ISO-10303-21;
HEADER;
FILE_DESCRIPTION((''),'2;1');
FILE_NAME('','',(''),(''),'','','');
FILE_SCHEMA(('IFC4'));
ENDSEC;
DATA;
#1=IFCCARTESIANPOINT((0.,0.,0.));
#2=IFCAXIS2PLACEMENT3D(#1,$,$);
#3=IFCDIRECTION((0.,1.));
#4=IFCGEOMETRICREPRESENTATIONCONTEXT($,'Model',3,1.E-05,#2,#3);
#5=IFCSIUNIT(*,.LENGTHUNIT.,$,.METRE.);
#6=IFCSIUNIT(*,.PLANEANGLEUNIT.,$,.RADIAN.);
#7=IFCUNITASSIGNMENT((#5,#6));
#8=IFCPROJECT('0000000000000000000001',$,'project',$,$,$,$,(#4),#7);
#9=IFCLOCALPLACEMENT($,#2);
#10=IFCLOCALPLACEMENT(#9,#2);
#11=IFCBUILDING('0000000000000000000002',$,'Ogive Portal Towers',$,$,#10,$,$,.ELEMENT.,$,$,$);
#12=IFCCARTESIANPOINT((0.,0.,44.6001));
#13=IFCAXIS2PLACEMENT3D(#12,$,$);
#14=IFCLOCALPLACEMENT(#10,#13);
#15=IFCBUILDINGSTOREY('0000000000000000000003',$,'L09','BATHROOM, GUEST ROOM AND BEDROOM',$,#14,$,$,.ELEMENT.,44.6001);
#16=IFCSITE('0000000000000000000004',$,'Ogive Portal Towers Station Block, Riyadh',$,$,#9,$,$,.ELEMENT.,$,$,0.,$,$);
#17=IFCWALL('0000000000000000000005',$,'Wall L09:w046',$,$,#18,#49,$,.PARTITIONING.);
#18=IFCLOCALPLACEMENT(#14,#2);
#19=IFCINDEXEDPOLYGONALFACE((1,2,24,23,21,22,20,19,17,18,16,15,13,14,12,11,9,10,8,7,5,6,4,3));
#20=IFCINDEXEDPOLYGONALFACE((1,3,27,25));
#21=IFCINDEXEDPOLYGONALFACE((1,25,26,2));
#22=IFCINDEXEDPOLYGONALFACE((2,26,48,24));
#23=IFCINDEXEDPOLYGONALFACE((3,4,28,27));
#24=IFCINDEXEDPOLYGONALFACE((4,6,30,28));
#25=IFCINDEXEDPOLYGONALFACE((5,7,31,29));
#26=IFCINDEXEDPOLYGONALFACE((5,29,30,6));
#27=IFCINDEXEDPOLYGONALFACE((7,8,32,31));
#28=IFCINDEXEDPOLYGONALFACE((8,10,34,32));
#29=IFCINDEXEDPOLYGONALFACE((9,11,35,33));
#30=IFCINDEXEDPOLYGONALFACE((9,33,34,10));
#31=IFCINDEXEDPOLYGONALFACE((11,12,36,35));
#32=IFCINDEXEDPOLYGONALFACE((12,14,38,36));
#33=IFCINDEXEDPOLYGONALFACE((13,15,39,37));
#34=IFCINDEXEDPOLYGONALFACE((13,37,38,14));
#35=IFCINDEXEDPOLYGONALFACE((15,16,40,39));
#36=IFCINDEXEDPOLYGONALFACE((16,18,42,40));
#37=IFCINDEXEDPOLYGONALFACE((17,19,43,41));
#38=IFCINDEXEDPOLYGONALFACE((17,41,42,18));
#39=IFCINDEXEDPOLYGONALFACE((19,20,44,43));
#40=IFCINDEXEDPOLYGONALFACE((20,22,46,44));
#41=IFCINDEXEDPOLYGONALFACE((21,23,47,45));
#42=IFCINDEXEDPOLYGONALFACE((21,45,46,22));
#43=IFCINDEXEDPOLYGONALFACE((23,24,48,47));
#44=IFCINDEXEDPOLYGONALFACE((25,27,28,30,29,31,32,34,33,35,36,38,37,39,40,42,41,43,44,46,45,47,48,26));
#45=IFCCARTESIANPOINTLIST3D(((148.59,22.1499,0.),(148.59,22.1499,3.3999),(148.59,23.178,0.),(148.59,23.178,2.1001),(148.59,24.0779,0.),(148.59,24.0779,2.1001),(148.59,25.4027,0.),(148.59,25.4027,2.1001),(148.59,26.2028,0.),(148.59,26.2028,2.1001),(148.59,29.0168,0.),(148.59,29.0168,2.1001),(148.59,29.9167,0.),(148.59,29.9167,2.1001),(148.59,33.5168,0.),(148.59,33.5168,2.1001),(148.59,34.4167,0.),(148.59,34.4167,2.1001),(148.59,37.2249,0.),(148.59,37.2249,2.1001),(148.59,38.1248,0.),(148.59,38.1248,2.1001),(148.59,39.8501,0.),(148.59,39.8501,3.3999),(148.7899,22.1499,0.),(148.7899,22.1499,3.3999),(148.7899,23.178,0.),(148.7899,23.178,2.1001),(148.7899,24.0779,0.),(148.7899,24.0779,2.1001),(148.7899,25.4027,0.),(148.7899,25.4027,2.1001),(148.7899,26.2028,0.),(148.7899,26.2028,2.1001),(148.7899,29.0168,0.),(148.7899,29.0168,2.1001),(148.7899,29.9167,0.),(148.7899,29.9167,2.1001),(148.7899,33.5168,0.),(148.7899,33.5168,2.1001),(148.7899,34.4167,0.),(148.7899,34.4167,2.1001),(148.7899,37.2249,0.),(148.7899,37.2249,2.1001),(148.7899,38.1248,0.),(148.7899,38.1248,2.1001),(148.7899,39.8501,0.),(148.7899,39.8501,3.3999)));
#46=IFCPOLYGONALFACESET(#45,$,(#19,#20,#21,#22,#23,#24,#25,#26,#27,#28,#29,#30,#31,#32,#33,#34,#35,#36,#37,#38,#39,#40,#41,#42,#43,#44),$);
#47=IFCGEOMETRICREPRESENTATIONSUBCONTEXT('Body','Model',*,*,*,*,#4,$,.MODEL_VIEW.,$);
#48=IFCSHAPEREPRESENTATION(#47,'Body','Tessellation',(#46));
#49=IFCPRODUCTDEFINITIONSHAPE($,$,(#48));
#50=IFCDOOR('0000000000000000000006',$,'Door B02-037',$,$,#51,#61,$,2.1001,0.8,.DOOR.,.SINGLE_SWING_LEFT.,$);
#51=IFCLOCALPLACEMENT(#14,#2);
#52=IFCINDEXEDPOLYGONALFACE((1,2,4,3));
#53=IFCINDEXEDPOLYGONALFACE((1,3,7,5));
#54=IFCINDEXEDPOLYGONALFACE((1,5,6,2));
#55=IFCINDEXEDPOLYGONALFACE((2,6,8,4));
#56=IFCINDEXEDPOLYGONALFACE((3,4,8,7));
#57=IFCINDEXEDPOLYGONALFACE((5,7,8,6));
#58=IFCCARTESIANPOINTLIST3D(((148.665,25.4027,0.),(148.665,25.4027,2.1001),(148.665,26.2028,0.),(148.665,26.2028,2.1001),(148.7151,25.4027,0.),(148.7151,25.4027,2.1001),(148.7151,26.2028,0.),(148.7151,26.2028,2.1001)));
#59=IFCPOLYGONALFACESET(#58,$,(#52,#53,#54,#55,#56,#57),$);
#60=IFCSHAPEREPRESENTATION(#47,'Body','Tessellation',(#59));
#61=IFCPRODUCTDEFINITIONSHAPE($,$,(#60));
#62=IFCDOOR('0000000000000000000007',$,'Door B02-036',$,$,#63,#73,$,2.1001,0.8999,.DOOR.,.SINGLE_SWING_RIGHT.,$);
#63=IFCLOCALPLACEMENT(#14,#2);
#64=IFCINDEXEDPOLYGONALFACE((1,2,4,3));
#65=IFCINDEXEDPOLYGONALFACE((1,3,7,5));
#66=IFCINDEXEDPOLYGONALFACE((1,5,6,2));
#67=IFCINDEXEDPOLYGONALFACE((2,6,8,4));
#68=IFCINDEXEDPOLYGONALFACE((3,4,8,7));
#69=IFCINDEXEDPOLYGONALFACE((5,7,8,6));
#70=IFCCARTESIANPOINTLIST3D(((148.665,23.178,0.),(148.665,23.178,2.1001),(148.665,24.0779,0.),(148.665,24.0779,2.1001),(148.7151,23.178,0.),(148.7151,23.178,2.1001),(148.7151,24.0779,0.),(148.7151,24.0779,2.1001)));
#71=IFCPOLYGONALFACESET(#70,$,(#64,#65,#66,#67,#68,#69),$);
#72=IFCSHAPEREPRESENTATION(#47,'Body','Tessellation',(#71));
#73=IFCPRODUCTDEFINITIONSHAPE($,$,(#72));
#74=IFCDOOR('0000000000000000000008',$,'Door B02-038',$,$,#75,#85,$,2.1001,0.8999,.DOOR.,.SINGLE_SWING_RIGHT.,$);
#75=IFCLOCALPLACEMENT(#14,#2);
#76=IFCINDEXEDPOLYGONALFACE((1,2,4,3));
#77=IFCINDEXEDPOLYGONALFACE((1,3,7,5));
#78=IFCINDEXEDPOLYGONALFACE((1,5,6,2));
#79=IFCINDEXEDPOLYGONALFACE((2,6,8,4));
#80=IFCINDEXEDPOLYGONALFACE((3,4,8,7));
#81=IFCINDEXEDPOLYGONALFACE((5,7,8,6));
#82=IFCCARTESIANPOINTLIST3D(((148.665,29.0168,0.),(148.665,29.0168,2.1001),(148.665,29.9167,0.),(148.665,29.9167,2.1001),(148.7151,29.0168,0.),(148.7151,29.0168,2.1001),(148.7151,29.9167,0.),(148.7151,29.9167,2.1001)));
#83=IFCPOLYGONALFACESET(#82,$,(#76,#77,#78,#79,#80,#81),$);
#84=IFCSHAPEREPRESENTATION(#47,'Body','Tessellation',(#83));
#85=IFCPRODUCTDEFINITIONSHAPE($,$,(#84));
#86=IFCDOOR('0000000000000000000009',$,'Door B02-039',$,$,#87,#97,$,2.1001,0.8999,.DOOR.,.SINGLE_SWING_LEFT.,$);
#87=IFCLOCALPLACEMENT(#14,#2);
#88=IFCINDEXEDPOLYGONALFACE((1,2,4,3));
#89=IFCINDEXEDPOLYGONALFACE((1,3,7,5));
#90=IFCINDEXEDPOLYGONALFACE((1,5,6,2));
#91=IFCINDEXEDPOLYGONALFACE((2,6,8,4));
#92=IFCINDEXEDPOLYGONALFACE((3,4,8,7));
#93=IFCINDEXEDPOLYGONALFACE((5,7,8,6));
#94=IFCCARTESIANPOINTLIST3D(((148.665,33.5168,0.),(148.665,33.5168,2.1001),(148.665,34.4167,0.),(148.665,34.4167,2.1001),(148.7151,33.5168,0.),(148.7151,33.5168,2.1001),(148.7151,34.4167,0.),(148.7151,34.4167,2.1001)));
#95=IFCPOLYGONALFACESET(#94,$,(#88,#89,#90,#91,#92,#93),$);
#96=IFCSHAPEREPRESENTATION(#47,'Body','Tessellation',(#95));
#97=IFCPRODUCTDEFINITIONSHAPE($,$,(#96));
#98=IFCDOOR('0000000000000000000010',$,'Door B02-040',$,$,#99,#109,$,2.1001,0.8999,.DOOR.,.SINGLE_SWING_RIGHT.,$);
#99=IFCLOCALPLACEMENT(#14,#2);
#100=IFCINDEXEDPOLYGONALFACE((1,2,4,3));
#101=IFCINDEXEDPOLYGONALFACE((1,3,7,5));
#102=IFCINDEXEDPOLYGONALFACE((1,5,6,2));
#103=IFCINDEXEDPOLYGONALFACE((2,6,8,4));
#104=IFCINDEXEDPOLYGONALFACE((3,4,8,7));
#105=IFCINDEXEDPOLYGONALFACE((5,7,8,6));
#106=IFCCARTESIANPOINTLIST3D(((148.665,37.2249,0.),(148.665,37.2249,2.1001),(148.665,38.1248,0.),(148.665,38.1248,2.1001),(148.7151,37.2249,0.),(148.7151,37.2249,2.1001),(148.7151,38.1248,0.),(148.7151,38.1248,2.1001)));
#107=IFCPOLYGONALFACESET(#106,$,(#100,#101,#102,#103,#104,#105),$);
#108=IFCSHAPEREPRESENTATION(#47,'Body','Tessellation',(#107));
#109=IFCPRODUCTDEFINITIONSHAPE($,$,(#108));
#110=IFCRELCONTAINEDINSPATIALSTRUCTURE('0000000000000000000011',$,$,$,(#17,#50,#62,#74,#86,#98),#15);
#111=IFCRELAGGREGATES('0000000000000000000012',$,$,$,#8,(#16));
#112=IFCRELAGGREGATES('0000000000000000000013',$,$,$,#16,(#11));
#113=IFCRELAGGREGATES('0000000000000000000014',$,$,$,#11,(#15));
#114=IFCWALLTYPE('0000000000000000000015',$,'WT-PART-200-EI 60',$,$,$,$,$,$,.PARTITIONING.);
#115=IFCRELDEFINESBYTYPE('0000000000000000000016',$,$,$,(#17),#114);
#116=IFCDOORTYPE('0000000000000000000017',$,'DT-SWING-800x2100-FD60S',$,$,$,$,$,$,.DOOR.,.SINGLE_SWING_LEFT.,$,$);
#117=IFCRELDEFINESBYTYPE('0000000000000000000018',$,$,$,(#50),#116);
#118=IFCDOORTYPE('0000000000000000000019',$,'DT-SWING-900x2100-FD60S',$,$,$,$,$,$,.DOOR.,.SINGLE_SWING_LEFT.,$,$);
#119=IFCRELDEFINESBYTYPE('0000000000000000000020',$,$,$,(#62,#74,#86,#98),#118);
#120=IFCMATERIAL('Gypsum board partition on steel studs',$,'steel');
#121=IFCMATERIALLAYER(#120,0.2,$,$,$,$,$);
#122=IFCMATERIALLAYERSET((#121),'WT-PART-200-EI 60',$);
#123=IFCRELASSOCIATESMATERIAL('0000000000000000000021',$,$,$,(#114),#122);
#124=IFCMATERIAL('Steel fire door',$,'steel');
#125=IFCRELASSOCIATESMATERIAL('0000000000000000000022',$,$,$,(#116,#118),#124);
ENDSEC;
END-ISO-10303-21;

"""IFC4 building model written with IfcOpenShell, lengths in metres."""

from ifc_helpers import new_model, si_unit, direction, frame, frame_2d, origin, place, context, subcontext, project, spatial, rectangle, extrude, material, layer, layer_set, type_object, element, fill, save


model = new_model("IFC4")

# Units and contexts
model_context = context("Model", 3, precision=1e-05, world=origin(), true_north=direction((0.0, 1.0)))
body_context = subcontext(model_context, "Body", "Model", "MODEL_VIEW")
ifc_project = project(units=[si_unit("LENGTHUNIT", "METRE"), si_unit("PLANEANGLEUNIT", "RADIAN")], contexts=[model_context])

# Site, building, storey
site_placement = place(None, origin())
site = spatial("IfcSite", under=ifc_project, at=site_placement, Name="Ogive Portal Towers Station Block, Riyadh", CompositionType="ELEMENT", RefElevation=0.0)
building_placement = place(site_placement, origin())
building = spatial("IfcBuilding", under=site, at=building_placement, Name="Ogive Portal Towers", CompositionType="ELEMENT")
storey_placement = place(building_placement, frame((0.0, 0.0, 44.6001)))
storey = spatial("IfcBuildingStorey", under=building, at=storey_placement, Name="L09", Description="BATHROOM, GUEST ROOM AND BEDROOM", CompositionType="ELEMENT", Elevation=44.6001)

# Shared definitions
ifc_material_1 = material(Name="Gypsum board partition on steel studs", Category="steel")
ifc_layer_1 = layer(ifc_material_1, 0.2)
ifc_layer_set_1 = layer_set([ifc_layer_1], Name="WT-PART-200-EI 60")
wall_type = type_object("IfcWallType", Name="WT-PART-200-EI 60", PredefinedType="PARTITIONING", material=ifc_layer_set_1)

# Wall, openings, doors
wall_1_placement = place(storey_placement, frame((148.6899, 22.1499, 0.0), z_axis=(0.0, 0.0, 1.0), x_axis=(0.0, 1.0, 0.0)))
wall_1 = element("IfcWall", 1, at=wall_1_placement, inside=storey, type_object=wall_type, Name="Wall L09:w046", PredefinedType="PARTITIONING", context=body_context, shape_type="SweptSolid", body=[
    extrude(rectangle(XDim=17.7002, YDim=0.2, at=frame_2d((8.8501, 0.0))), origin(), (0.0, 0.0, 1.0), 3.3999),
])
opening_1_placement = place(wall_1_placement, frame((1.0281, 0.0, 0.0)))
opening_1 = element("IfcOpeningElement", 2, at=opening_1_placement, cuts=wall_1, PredefinedType="OPENING", context=body_context, shape_type="SweptSolid", body=[
    extrude(rectangle(XDim=0.8999, YDim=2.1001, at=frame_2d((0.45, 1.05))), frame((0.0, 0.1099, 0.0), z_axis=(0.0, -1.0, 0.0), x_axis=(1.0, 0.0, 0.0)), (0.0, 0.0, 1.0), 0.22),
])
opening_2_placement = place(wall_1_placement, frame((3.2529, 0.0, 0.0)))
opening_2 = element("IfcOpeningElement", 3, at=opening_2_placement, cuts=wall_1, PredefinedType="OPENING", context=body_context, shape_type="SweptSolid", body=[
    extrude(rectangle(XDim=0.8, YDim=2.1001, at=frame_2d((0.3999, 1.05))), frame((0.0, 0.1099, 0.0), z_axis=(0.0, -1.0, 0.0), x_axis=(1.0, 0.0, 0.0)), (0.0, 0.0, 1.0), 0.22),
])
opening_3_placement = place(wall_1_placement, frame((6.8669, 0.0, 0.0)))
opening_3 = element("IfcOpeningElement", 4, at=opening_3_placement, cuts=wall_1, PredefinedType="OPENING", context=body_context, shape_type="SweptSolid", body=[
    extrude(rectangle(XDim=0.8999, YDim=2.1001, at=frame_2d((0.45, 1.05))), frame((0.0, 0.1099, 0.0), z_axis=(0.0, -1.0, 0.0), x_axis=(1.0, 0.0, 0.0)), (0.0, 0.0, 1.0), 0.22),
])
opening_4_placement = place(wall_1_placement, frame((11.3669, 0.0, 0.0)))
opening_4 = element("IfcOpeningElement", 5, at=opening_4_placement, cuts=wall_1, PredefinedType="OPENING", context=body_context, shape_type="SweptSolid", body=[
    extrude(rectangle(XDim=0.8999, YDim=2.1001, at=frame_2d((0.45, 1.05))), frame((0.0, 0.1099, 0.0), z_axis=(0.0, -1.0, 0.0), x_axis=(1.0, 0.0, 0.0)), (0.0, 0.0, 1.0), 0.22),
])
opening_5_placement = place(wall_1_placement, frame((15.075, 0.0, 0.0)))
opening_5 = element("IfcOpeningElement", 6, at=opening_5_placement, cuts=wall_1, PredefinedType="OPENING", context=body_context, shape_type="SweptSolid", body=[
    extrude(rectangle(XDim=0.8999, YDim=2.1001, at=frame_2d((0.45, 1.05))), frame((0.0, 0.1099, 0.0), z_axis=(0.0, -1.0, 0.0), x_axis=(1.0, 0.0, 0.0)), (0.0, 0.0, 1.0), 0.22),
])
ifc_material_2 = material(Name="Steel fire door", Category="steel")
door_type_1 = type_object("IfcDoorType", Name="DT-SWING-800x2100-FD60S", OperationType="SINGLE_SWING_LEFT", PredefinedType="DOOR", material=ifc_material_2)
door_1_placement = place(opening_2_placement, origin())
door_1 = element("IfcDoor", 7, at=door_1_placement, inside=storey, type_object=door_type_1, Name="Door B02-037", OperationType="SINGLE_SWING_LEFT", OverallHeight=2.1001, OverallWidth=0.8, PredefinedType="DOOR", context=body_context, shape_type="SweptSolid", body=[
    extrude(rectangle(XDim=0.8, YDim=2.1001, at=frame_2d((0.3999, 1.05))), frame((0.0, 0.0249, 0.0), z_axis=(0.0, -1.0, 0.0), x_axis=(1.0, 0.0, 0.0)), (0.0, 0.0, 1.0), 0.05),
])
fill(opening_2, door_1)
door_type_2 = type_object("IfcDoorType", Name="DT-SWING-900x2100-FD60S", OperationType="SINGLE_SWING_LEFT", PredefinedType="DOOR", material=ifc_material_2)
door_2_placement = place(opening_1_placement, origin())
door_2 = element("IfcDoor", 8, at=door_2_placement, inside=storey, type_object=door_type_2, Name="Door B02-036", OperationType="SINGLE_SWING_RIGHT", OverallHeight=2.1001, OverallWidth=0.8999, PredefinedType="DOOR", context=body_context, shape_type="SweptSolid", body=[
    extrude(rectangle(XDim=0.8999, YDim=2.1001, at=frame_2d((0.45, 1.05))), frame((0.0, 0.0249, 0.0), z_axis=(0.0, -1.0, 0.0), x_axis=(1.0, 0.0, 0.0)), (0.0, 0.0, 1.0), 0.05),
])
fill(opening_1, door_2)
door_3_placement = place(opening_3_placement, origin())
door_3 = element("IfcDoor", 9, at=door_3_placement, inside=storey, type_object=door_type_2, Name="Door B02-038", OperationType="SINGLE_SWING_RIGHT", OverallHeight=2.1001, OverallWidth=0.8999, PredefinedType="DOOR", context=body_context, shape_type="SweptSolid", body=[
    extrude(rectangle(XDim=0.8999, YDim=2.1001, at=frame_2d((0.45, 1.05))), frame((0.0, 0.0249, 0.0), z_axis=(0.0, -1.0, 0.0), x_axis=(1.0, 0.0, 0.0)), (0.0, 0.0, 1.0), 0.05),
])
fill(opening_3, door_3)
door_4_placement = place(opening_4_placement, origin())
door_4 = element("IfcDoor", 10, at=door_4_placement, inside=storey, type_object=door_type_2, Name="Door B02-039", OperationType="SINGLE_SWING_LEFT", OverallHeight=2.1001, OverallWidth=0.8999, PredefinedType="DOOR", context=body_context, shape_type="SweptSolid", body=[
    extrude(rectangle(XDim=0.8999, YDim=2.1001, at=frame_2d((0.45, 1.05))), frame((0.0, 0.0249, 0.0), z_axis=(0.0, -1.0, 0.0), x_axis=(1.0, 0.0, 0.0)), (0.0, 0.0, 1.0), 0.05),
])
fill(opening_4, door_4)
door_5_placement = place(opening_5_placement, origin())
door_5 = element("IfcDoor", 11, at=door_5_placement, inside=storey, type_object=door_type_2, Name="Door B02-040", OperationType="SINGLE_SWING_RIGHT", OverallHeight=2.1001, OverallWidth=0.8999, PredefinedType="DOOR", context=body_context, shape_type="SweptSolid", body=[
    extrude(rectangle(XDim=0.8999, YDim=2.1001, at=frame_2d((0.45, 1.05))), frame((0.0, 0.0249, 0.0), z_axis=(0.0, -1.0, 0.0), x_axis=(1.0, 0.0, 0.0)), (0.0, 0.0, 1.0), 0.05),
])
fill(opening_5, door_5)

save(model, "model.ifc")
